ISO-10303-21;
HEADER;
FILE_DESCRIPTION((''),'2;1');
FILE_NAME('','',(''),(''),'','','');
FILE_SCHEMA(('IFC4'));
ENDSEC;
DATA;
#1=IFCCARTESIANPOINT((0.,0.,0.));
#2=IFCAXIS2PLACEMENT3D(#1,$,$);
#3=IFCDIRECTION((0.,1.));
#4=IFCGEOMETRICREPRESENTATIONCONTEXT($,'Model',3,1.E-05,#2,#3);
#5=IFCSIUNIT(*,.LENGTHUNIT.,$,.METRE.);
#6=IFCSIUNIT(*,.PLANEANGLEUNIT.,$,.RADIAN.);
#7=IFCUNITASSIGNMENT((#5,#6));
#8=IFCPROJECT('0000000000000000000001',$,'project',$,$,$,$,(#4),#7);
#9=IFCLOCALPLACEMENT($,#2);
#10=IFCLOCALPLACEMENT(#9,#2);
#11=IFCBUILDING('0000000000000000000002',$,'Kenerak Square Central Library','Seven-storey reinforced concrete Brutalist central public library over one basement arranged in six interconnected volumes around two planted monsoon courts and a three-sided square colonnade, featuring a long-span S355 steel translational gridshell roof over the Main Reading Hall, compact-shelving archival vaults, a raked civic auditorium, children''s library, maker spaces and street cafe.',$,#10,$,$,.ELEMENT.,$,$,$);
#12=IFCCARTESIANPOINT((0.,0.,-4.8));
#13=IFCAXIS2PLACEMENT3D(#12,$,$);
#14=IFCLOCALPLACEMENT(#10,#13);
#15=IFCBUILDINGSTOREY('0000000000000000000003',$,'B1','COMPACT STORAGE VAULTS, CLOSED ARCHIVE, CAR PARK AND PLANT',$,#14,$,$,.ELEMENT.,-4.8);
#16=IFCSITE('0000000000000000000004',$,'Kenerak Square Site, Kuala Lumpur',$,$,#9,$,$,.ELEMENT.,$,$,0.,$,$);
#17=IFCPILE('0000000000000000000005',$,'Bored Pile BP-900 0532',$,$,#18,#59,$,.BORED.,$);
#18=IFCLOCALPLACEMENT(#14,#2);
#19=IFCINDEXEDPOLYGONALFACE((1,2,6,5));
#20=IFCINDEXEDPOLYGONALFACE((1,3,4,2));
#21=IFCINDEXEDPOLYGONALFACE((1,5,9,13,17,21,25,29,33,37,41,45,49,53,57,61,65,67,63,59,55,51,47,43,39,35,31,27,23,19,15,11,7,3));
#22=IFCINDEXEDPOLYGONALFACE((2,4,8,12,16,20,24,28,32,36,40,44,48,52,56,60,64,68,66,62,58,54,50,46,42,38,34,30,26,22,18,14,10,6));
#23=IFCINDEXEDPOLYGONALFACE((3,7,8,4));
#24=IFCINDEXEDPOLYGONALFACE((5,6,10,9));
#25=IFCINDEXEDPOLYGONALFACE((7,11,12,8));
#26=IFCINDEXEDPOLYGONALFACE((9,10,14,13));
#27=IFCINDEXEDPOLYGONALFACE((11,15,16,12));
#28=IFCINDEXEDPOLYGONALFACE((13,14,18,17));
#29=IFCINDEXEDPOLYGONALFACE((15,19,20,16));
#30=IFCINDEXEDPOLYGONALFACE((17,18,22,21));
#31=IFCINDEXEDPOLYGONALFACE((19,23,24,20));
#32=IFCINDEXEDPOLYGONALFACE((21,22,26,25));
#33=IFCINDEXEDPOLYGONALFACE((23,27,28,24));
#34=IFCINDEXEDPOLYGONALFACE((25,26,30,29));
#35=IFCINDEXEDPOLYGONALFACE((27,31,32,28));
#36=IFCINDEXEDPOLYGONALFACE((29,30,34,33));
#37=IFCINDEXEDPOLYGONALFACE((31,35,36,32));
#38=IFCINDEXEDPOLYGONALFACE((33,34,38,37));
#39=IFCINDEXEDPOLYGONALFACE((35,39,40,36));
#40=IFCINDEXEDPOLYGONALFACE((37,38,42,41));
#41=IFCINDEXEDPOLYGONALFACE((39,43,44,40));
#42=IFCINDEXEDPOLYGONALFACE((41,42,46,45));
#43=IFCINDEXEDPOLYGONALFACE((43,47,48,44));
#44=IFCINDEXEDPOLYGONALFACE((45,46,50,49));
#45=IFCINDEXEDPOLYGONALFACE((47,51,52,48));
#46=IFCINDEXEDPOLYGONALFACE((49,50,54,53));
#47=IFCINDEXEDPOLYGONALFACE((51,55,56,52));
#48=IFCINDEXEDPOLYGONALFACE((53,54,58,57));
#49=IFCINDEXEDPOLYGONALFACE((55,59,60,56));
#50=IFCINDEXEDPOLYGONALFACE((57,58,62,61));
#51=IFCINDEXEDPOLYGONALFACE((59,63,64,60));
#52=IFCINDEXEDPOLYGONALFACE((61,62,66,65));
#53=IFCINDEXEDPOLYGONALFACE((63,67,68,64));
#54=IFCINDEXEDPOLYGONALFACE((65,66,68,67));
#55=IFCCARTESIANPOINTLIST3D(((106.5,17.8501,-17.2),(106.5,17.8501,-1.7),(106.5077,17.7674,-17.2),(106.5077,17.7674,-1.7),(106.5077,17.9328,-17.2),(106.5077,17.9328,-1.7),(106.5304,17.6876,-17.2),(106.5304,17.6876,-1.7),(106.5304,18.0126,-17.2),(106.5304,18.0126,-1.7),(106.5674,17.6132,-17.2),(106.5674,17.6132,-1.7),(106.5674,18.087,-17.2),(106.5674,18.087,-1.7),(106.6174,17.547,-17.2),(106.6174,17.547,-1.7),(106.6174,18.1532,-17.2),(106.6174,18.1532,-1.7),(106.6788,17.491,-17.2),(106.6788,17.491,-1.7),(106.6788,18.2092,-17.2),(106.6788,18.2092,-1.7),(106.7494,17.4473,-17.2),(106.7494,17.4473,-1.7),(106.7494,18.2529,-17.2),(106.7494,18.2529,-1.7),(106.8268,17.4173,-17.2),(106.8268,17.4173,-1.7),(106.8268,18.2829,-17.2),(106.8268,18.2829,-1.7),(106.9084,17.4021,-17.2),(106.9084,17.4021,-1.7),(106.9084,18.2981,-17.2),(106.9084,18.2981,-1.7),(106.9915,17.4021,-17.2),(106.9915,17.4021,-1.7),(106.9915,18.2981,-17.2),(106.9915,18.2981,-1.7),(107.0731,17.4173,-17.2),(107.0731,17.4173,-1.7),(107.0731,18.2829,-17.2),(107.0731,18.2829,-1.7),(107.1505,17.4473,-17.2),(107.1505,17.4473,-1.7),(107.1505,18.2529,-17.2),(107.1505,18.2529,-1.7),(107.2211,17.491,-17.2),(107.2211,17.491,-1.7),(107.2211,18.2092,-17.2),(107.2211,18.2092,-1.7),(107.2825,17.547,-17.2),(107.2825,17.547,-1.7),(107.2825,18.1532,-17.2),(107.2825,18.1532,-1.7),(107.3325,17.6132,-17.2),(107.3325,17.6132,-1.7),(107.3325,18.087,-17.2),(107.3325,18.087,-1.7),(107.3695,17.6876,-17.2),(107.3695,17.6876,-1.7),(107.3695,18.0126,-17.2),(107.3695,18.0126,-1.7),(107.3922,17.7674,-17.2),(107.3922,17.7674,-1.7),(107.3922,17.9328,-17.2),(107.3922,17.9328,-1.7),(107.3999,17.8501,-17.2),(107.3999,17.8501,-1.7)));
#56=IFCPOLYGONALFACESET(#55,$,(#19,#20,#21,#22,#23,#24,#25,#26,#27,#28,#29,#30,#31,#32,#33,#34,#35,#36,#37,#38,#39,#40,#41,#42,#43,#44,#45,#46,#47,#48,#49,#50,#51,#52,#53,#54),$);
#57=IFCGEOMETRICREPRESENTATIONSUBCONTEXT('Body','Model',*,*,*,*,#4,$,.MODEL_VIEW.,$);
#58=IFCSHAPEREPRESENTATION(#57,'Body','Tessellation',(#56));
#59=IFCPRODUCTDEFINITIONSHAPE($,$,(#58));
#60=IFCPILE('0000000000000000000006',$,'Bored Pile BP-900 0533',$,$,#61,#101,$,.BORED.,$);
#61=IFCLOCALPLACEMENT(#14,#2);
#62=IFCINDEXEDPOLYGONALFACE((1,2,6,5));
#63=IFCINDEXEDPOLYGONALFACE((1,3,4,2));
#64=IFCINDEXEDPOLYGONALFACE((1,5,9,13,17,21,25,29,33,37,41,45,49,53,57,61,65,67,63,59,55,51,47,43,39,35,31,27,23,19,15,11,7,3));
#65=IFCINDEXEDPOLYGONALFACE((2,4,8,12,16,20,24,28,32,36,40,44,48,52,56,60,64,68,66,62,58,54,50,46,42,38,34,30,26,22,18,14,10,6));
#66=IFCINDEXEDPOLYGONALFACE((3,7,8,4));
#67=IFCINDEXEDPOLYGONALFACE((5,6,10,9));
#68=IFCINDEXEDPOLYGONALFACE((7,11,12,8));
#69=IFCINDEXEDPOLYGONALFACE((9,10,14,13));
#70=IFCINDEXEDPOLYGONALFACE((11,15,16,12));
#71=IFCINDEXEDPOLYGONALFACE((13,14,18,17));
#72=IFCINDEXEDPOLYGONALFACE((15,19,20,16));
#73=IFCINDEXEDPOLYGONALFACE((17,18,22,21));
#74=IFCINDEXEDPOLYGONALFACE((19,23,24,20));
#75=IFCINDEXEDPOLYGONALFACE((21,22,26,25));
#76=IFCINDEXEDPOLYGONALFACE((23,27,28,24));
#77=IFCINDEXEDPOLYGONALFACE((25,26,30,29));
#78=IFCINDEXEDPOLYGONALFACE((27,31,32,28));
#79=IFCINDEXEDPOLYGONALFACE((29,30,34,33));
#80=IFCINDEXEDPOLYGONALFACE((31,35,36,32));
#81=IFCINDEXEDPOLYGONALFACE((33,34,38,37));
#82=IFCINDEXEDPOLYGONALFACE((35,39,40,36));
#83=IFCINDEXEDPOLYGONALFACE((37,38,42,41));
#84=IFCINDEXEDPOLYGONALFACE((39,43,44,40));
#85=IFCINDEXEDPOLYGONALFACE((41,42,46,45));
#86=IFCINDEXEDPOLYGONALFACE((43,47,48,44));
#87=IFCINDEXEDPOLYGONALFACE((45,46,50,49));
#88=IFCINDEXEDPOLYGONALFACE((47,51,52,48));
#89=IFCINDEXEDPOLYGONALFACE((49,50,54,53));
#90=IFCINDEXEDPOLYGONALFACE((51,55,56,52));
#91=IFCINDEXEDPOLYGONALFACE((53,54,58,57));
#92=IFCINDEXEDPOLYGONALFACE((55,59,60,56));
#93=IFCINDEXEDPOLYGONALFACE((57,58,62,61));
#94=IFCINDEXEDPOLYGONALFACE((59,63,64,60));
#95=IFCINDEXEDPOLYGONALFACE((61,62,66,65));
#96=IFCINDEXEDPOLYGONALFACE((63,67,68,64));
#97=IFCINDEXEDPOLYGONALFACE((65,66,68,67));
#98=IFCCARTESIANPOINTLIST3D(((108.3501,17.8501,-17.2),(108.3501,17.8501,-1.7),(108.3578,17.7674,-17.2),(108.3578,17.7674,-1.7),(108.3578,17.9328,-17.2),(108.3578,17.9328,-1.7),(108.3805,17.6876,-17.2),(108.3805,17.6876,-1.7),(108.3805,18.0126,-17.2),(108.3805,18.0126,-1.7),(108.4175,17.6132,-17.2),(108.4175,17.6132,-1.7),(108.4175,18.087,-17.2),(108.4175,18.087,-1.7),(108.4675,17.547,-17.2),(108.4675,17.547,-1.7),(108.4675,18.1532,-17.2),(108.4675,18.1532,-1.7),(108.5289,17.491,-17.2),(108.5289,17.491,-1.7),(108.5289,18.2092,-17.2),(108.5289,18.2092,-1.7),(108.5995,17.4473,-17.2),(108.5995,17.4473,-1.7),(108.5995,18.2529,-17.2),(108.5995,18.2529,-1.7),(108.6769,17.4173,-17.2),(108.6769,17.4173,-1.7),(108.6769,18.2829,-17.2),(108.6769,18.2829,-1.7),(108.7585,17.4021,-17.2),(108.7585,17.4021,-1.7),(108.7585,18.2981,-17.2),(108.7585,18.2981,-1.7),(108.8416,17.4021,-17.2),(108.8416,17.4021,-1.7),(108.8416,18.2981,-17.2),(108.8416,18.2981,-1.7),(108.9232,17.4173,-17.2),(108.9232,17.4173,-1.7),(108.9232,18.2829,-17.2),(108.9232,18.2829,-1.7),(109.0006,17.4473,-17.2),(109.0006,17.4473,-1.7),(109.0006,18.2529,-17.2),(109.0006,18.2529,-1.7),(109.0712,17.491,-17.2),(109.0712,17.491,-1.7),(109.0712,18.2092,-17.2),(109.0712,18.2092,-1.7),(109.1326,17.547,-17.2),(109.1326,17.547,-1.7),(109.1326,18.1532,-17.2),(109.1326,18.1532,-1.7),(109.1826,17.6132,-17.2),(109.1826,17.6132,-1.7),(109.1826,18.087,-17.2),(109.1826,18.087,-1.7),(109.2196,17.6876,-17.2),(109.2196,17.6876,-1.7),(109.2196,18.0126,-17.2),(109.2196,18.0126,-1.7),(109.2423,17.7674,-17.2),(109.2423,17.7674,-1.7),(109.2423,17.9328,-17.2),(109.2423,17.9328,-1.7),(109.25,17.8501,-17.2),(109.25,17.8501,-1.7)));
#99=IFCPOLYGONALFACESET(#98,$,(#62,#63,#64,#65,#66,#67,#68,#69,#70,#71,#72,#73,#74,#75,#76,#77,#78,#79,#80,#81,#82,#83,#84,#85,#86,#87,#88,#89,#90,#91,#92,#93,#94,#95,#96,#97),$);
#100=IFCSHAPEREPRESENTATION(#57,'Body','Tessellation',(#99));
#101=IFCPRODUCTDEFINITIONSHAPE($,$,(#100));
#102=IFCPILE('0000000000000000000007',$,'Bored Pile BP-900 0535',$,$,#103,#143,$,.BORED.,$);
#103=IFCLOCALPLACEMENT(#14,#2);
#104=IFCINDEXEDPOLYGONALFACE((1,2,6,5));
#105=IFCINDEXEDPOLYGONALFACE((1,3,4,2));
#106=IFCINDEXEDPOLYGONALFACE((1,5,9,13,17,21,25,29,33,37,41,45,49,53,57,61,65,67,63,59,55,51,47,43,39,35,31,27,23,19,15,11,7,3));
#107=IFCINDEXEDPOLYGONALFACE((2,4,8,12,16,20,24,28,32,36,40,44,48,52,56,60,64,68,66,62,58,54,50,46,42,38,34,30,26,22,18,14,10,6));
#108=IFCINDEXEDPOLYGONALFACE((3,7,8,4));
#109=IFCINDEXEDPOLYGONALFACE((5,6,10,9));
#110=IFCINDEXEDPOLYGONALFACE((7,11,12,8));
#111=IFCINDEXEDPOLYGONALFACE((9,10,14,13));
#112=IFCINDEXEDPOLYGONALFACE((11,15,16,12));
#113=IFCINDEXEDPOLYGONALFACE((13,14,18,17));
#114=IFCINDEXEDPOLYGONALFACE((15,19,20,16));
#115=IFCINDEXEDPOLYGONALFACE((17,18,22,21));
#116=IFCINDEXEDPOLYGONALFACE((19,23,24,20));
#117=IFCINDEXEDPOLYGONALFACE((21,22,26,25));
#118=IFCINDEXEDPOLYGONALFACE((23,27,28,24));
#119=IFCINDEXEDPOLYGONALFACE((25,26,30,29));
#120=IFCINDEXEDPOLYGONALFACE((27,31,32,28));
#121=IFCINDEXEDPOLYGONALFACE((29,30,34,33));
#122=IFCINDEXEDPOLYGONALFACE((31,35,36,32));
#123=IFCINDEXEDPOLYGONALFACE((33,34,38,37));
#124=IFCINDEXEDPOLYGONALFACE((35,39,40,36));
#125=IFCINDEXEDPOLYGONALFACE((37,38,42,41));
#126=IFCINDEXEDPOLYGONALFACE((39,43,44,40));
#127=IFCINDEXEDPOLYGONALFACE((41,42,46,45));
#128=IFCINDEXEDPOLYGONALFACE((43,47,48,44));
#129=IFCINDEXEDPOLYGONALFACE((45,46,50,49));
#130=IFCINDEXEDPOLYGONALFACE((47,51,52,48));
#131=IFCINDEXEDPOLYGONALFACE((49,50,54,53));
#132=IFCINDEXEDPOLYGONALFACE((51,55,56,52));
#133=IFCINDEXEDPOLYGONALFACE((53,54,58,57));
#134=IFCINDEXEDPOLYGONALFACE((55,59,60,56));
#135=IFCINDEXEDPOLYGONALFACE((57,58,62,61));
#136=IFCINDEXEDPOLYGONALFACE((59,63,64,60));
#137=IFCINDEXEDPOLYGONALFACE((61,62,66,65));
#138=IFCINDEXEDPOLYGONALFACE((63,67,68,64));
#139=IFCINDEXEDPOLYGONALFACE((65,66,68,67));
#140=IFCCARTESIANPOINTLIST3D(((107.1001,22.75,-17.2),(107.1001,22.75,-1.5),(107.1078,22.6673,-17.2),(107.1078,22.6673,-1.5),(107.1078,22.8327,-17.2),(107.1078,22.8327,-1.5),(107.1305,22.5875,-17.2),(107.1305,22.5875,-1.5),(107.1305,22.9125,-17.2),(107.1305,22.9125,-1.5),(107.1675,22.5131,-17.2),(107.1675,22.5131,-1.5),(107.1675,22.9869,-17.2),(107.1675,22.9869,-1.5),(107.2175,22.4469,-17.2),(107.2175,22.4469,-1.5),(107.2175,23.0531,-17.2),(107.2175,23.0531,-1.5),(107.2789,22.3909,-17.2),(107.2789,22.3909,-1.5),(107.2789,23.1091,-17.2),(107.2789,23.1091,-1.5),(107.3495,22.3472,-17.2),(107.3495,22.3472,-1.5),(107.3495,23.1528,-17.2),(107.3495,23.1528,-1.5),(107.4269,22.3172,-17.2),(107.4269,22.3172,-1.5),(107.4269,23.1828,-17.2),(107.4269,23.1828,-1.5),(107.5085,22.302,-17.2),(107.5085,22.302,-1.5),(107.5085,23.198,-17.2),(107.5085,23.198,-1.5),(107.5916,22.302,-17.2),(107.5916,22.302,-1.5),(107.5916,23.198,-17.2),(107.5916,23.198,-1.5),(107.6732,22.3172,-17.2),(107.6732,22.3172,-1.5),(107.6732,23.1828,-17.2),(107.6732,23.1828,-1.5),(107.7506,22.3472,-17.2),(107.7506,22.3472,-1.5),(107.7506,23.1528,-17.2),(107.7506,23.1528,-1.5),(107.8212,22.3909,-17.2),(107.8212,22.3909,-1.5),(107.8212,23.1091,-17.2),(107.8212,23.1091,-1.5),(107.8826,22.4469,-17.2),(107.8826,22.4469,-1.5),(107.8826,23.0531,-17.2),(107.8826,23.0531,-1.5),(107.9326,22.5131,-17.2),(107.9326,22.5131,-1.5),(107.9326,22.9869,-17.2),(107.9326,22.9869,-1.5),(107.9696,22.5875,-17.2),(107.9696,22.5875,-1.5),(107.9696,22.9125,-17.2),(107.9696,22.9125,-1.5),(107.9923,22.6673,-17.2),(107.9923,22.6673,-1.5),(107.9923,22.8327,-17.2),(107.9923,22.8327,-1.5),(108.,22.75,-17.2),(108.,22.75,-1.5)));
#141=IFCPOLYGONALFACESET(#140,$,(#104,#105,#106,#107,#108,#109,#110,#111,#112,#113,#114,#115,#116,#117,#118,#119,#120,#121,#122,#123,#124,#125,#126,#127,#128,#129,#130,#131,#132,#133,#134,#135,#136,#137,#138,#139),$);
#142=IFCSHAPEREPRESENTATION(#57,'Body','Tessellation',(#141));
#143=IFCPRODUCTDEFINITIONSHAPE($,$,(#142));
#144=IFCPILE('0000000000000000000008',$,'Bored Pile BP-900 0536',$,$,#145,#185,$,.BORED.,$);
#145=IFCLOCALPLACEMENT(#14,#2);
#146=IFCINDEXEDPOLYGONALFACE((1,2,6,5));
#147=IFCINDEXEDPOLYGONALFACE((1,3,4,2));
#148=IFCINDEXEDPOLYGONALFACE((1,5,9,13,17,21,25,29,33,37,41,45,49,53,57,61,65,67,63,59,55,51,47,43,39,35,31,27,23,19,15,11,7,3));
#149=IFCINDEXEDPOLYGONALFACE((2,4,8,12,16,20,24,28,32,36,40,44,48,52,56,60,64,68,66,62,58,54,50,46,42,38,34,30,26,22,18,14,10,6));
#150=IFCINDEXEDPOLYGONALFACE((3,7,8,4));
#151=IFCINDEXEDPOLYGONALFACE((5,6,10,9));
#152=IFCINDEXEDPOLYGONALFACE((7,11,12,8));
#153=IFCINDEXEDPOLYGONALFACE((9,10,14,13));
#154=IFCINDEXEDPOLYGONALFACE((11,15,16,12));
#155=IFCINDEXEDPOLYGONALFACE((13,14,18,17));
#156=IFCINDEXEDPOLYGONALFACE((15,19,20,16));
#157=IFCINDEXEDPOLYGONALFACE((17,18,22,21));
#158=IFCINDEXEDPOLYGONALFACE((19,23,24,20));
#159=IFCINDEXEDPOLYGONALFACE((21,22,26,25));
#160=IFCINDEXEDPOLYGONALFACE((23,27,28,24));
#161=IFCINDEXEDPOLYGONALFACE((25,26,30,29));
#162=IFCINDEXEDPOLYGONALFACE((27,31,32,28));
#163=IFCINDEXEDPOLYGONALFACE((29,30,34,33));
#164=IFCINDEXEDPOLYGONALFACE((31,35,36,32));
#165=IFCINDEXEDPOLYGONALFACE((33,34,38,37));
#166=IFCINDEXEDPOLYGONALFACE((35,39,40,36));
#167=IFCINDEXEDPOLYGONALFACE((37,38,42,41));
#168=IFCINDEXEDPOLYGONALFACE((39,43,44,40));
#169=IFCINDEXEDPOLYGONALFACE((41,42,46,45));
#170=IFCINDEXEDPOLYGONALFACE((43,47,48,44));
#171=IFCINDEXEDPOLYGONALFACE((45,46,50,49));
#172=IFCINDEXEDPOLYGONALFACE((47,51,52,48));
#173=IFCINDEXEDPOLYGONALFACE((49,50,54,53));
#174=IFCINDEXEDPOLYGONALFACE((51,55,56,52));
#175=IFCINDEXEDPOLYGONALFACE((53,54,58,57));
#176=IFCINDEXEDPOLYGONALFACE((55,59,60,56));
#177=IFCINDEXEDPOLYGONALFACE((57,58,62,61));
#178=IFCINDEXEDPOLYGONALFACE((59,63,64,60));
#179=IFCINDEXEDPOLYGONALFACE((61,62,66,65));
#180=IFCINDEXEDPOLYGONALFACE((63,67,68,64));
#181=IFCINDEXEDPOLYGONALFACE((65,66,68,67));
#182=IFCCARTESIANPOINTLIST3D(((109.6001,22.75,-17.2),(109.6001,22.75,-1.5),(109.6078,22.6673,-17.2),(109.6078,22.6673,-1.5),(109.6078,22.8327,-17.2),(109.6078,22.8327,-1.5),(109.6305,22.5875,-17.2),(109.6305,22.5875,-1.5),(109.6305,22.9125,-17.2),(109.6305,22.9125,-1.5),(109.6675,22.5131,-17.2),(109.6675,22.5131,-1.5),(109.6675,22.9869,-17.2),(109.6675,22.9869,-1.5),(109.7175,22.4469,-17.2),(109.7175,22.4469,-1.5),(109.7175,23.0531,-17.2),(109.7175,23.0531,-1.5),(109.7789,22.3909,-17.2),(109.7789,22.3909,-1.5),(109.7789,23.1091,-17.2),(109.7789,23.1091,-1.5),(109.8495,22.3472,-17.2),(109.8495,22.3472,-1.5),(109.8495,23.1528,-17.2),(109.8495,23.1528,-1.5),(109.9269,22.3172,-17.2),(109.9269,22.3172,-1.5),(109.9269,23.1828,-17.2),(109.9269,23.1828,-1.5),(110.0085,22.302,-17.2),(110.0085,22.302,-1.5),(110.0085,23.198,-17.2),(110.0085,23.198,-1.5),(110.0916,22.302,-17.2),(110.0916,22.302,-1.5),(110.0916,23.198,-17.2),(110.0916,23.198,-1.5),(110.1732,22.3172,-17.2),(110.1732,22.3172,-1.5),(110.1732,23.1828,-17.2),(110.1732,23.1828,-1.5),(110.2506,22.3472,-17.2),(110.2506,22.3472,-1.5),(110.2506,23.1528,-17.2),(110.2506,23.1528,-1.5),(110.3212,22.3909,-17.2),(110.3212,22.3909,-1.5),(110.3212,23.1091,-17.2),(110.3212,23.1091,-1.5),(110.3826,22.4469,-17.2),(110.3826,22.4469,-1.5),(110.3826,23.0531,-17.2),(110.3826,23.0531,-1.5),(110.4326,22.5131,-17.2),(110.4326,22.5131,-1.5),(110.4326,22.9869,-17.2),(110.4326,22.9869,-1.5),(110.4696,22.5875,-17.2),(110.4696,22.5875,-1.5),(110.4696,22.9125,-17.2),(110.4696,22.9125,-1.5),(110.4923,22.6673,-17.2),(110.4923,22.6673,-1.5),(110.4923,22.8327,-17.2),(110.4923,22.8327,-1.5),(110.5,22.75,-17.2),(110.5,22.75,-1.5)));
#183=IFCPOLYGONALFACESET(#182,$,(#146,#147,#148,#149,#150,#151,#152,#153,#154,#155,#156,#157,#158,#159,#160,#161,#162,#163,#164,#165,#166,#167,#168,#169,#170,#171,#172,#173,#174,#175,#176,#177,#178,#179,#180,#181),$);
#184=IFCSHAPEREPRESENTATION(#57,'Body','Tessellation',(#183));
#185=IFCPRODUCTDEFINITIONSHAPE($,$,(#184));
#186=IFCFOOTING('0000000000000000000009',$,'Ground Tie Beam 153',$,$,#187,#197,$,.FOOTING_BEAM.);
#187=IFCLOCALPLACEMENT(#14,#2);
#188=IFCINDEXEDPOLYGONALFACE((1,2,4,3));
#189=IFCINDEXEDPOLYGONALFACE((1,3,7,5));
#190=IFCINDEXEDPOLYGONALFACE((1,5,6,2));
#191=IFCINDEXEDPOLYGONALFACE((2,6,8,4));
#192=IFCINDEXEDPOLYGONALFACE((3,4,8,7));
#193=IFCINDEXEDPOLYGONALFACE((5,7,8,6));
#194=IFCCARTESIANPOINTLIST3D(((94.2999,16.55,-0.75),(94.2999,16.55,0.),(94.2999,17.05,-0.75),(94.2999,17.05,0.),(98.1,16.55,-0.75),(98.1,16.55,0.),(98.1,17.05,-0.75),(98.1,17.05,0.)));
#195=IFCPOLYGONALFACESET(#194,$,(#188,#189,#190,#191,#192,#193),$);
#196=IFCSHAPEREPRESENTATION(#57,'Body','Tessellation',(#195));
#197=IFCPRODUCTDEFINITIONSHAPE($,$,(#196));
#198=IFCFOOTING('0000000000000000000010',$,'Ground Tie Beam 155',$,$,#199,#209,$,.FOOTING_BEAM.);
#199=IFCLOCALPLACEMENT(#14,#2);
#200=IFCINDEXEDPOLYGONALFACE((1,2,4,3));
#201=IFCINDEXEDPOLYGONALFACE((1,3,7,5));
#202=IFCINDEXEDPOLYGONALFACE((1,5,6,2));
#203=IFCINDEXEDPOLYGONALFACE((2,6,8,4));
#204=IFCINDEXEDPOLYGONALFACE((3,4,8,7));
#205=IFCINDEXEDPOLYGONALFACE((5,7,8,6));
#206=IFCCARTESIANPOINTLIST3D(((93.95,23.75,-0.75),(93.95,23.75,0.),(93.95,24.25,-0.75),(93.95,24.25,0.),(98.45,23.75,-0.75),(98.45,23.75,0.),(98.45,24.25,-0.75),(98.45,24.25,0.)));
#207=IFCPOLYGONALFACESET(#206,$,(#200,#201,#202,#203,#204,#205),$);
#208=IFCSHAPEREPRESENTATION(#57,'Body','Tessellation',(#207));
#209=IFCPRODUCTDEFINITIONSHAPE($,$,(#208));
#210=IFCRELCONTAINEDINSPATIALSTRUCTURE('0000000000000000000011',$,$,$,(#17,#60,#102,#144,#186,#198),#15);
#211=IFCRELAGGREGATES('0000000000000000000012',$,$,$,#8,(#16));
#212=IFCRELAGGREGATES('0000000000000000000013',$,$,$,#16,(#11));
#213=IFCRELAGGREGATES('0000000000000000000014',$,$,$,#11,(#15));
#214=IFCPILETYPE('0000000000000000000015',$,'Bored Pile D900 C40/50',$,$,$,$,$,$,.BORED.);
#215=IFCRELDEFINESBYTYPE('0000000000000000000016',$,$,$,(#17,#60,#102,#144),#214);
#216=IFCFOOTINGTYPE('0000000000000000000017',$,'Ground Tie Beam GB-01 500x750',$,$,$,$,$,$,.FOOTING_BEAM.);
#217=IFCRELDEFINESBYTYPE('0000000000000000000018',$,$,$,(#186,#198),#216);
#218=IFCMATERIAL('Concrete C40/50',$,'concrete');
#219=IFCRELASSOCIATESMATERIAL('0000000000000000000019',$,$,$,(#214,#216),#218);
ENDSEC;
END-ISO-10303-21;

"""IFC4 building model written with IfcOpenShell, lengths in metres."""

from ifc_helpers import new_model, si_unit, direction, frame, origin, origin_2d, place, context, subcontext, project, spatial, rectangle, circle, extrude, material, material_profile, profile_set, type_object, element, save


model = new_model("IFC4")

# Units and contexts
model_context = context("Model", 3, precision=1e-05, world=origin(), true_north=direction((0.0, 1.0)))
body_context = subcontext(model_context, "Body", "Model", "MODEL_VIEW")
ifc_project = project(units=[si_unit("LENGTHUNIT", "METRE"), si_unit("PLANEANGLEUNIT", "RADIAN")], contexts=[model_context])

# Site, building, storey
site_placement = place(None, origin())
site = spatial("IfcSite", under=ifc_project, at=site_placement, Name="Kenerak Square Site, Kuala Lumpur", CompositionType="ELEMENT", RefElevation=0.0)
building_placement = place(site_placement, origin())
building = spatial("IfcBuilding", under=site, at=building_placement, Name="Kenerak Square Central Library", Description="Seven-storey reinforced concrete Brutalist central public library over one basement arranged in six interconnected volumes around two planted monsoon courts and a three-sided square colonnade, featuring a long-span S355 steel translational gridshell roof over the Main Reading Hall, compact-shelving archival vaults, a raked civic auditorium, children's library, maker spaces and street cafe.", CompositionType="ELEMENT")
storey_placement = place(building_placement, frame((0.0, 0.0, -4.8)))
storey = spatial("IfcBuildingStorey", under=building, at=storey_placement, Name="B1", Description="COMPACT STORAGE VAULTS, CLOSED ARCHIVE, CAR PARK AND PLANT", CompositionType="ELEMENT", Elevation=-4.8)

# Piles
ifc_material_1 = material(Name="Concrete C40/50", Category="concrete")
ifc_material_profile_1 = material_profile(ifc_material_1, circle(Radius=0.45, at=origin_2d()), Name="BP D900")
ifc_profile_set_1 = profile_set([ifc_material_profile_1], Name="Concrete C40/50")
pile_type_1 = type_object("IfcPileType", Name="Bored Pile D900 C40/50", PredefinedType="BORED", material=ifc_profile_set_1)
for number, where, z_axis, x_axis, name in (
    (1, (106.95, 17.8501, -1.7), (0.0, 0.0, -1.0), (1.0, 0.0, 0.0), "Bored Pile BP-900 0532"),
    (2, (108.8, 17.8501, -1.7), (0.0, 0.0, -1.0), (1.0, 0.0, 0.0), "Bored Pile BP-900 0533"),
):
    element("IfcPile", number, at=place(storey_placement, frame(where, z_axis=z_axis, x_axis=x_axis)), inside=storey, type_object=pile_type_1, Name=name, PredefinedType="BORED", context=body_context, shape_type="SweptSolid", body=[
        extrude(circle(Radius=0.45, at=origin_2d()), origin(), (0.0, 0.0, 1.0), 15.5),
    ])
for number, where, z_axis, x_axis, name in (
    (3, (107.55, 22.75, -1.5), (0.0, 0.0, -1.0), (1.0, 0.0, 0.0), "Bored Pile BP-900 0535"),
    (4, (110.05, 22.75, -1.5), (0.0, 0.0, -1.0), (1.0, 0.0, 0.0), "Bored Pile BP-900 0536"),
):
    element("IfcPile", number, at=place(storey_placement, frame(where, z_axis=z_axis, x_axis=x_axis)), inside=storey, type_object=pile_type_1, Name=name, PredefinedType="BORED", context=body_context, shape_type="SweptSolid", body=[
        extrude(circle(Radius=0.45, at=origin_2d()), origin(), (0.0, 0.0, 1.0), 15.7),
    ])

# Footings
footing_type_1 = type_object("IfcFootingType", Name="Ground Tie Beam GB-01 500x750", PredefinedType="FOOTING_BEAM", material=ifc_material_1)
footing_1_placement = place(storey_placement, frame((96.2, 16.8, -0.75), z_axis=(0.0, 0.0, 1.0), x_axis=(1.0, 0.0, 0.0)))
element("IfcFooting", 5, at=footing_1_placement, inside=storey, type_object=footing_type_1, Name="Ground Tie Beam 153", PredefinedType="FOOTING_BEAM", context=body_context, shape_type="SweptSolid", body=[
    extrude(rectangle(XDim=3.8, YDim=0.5, at=origin_2d()), origin(), (0.0, 0.0, 1.0), 0.75),
])
footing_2_placement = place(storey_placement, frame((96.2, 24.0, -0.75), z_axis=(0.0, 0.0, 1.0), x_axis=(1.0, 0.0, 0.0)))
element("IfcFooting", 6, at=footing_2_placement, inside=storey, type_object=footing_type_1, Name="Ground Tie Beam 155", PredefinedType="FOOTING_BEAM", context=body_context, shape_type="SweptSolid", body=[
    extrude(rectangle(XDim=4.5, YDim=0.5, at=origin_2d()), origin(), (0.0, 0.0, 1.0), 0.75),
])

save(model, "model.ifc")
